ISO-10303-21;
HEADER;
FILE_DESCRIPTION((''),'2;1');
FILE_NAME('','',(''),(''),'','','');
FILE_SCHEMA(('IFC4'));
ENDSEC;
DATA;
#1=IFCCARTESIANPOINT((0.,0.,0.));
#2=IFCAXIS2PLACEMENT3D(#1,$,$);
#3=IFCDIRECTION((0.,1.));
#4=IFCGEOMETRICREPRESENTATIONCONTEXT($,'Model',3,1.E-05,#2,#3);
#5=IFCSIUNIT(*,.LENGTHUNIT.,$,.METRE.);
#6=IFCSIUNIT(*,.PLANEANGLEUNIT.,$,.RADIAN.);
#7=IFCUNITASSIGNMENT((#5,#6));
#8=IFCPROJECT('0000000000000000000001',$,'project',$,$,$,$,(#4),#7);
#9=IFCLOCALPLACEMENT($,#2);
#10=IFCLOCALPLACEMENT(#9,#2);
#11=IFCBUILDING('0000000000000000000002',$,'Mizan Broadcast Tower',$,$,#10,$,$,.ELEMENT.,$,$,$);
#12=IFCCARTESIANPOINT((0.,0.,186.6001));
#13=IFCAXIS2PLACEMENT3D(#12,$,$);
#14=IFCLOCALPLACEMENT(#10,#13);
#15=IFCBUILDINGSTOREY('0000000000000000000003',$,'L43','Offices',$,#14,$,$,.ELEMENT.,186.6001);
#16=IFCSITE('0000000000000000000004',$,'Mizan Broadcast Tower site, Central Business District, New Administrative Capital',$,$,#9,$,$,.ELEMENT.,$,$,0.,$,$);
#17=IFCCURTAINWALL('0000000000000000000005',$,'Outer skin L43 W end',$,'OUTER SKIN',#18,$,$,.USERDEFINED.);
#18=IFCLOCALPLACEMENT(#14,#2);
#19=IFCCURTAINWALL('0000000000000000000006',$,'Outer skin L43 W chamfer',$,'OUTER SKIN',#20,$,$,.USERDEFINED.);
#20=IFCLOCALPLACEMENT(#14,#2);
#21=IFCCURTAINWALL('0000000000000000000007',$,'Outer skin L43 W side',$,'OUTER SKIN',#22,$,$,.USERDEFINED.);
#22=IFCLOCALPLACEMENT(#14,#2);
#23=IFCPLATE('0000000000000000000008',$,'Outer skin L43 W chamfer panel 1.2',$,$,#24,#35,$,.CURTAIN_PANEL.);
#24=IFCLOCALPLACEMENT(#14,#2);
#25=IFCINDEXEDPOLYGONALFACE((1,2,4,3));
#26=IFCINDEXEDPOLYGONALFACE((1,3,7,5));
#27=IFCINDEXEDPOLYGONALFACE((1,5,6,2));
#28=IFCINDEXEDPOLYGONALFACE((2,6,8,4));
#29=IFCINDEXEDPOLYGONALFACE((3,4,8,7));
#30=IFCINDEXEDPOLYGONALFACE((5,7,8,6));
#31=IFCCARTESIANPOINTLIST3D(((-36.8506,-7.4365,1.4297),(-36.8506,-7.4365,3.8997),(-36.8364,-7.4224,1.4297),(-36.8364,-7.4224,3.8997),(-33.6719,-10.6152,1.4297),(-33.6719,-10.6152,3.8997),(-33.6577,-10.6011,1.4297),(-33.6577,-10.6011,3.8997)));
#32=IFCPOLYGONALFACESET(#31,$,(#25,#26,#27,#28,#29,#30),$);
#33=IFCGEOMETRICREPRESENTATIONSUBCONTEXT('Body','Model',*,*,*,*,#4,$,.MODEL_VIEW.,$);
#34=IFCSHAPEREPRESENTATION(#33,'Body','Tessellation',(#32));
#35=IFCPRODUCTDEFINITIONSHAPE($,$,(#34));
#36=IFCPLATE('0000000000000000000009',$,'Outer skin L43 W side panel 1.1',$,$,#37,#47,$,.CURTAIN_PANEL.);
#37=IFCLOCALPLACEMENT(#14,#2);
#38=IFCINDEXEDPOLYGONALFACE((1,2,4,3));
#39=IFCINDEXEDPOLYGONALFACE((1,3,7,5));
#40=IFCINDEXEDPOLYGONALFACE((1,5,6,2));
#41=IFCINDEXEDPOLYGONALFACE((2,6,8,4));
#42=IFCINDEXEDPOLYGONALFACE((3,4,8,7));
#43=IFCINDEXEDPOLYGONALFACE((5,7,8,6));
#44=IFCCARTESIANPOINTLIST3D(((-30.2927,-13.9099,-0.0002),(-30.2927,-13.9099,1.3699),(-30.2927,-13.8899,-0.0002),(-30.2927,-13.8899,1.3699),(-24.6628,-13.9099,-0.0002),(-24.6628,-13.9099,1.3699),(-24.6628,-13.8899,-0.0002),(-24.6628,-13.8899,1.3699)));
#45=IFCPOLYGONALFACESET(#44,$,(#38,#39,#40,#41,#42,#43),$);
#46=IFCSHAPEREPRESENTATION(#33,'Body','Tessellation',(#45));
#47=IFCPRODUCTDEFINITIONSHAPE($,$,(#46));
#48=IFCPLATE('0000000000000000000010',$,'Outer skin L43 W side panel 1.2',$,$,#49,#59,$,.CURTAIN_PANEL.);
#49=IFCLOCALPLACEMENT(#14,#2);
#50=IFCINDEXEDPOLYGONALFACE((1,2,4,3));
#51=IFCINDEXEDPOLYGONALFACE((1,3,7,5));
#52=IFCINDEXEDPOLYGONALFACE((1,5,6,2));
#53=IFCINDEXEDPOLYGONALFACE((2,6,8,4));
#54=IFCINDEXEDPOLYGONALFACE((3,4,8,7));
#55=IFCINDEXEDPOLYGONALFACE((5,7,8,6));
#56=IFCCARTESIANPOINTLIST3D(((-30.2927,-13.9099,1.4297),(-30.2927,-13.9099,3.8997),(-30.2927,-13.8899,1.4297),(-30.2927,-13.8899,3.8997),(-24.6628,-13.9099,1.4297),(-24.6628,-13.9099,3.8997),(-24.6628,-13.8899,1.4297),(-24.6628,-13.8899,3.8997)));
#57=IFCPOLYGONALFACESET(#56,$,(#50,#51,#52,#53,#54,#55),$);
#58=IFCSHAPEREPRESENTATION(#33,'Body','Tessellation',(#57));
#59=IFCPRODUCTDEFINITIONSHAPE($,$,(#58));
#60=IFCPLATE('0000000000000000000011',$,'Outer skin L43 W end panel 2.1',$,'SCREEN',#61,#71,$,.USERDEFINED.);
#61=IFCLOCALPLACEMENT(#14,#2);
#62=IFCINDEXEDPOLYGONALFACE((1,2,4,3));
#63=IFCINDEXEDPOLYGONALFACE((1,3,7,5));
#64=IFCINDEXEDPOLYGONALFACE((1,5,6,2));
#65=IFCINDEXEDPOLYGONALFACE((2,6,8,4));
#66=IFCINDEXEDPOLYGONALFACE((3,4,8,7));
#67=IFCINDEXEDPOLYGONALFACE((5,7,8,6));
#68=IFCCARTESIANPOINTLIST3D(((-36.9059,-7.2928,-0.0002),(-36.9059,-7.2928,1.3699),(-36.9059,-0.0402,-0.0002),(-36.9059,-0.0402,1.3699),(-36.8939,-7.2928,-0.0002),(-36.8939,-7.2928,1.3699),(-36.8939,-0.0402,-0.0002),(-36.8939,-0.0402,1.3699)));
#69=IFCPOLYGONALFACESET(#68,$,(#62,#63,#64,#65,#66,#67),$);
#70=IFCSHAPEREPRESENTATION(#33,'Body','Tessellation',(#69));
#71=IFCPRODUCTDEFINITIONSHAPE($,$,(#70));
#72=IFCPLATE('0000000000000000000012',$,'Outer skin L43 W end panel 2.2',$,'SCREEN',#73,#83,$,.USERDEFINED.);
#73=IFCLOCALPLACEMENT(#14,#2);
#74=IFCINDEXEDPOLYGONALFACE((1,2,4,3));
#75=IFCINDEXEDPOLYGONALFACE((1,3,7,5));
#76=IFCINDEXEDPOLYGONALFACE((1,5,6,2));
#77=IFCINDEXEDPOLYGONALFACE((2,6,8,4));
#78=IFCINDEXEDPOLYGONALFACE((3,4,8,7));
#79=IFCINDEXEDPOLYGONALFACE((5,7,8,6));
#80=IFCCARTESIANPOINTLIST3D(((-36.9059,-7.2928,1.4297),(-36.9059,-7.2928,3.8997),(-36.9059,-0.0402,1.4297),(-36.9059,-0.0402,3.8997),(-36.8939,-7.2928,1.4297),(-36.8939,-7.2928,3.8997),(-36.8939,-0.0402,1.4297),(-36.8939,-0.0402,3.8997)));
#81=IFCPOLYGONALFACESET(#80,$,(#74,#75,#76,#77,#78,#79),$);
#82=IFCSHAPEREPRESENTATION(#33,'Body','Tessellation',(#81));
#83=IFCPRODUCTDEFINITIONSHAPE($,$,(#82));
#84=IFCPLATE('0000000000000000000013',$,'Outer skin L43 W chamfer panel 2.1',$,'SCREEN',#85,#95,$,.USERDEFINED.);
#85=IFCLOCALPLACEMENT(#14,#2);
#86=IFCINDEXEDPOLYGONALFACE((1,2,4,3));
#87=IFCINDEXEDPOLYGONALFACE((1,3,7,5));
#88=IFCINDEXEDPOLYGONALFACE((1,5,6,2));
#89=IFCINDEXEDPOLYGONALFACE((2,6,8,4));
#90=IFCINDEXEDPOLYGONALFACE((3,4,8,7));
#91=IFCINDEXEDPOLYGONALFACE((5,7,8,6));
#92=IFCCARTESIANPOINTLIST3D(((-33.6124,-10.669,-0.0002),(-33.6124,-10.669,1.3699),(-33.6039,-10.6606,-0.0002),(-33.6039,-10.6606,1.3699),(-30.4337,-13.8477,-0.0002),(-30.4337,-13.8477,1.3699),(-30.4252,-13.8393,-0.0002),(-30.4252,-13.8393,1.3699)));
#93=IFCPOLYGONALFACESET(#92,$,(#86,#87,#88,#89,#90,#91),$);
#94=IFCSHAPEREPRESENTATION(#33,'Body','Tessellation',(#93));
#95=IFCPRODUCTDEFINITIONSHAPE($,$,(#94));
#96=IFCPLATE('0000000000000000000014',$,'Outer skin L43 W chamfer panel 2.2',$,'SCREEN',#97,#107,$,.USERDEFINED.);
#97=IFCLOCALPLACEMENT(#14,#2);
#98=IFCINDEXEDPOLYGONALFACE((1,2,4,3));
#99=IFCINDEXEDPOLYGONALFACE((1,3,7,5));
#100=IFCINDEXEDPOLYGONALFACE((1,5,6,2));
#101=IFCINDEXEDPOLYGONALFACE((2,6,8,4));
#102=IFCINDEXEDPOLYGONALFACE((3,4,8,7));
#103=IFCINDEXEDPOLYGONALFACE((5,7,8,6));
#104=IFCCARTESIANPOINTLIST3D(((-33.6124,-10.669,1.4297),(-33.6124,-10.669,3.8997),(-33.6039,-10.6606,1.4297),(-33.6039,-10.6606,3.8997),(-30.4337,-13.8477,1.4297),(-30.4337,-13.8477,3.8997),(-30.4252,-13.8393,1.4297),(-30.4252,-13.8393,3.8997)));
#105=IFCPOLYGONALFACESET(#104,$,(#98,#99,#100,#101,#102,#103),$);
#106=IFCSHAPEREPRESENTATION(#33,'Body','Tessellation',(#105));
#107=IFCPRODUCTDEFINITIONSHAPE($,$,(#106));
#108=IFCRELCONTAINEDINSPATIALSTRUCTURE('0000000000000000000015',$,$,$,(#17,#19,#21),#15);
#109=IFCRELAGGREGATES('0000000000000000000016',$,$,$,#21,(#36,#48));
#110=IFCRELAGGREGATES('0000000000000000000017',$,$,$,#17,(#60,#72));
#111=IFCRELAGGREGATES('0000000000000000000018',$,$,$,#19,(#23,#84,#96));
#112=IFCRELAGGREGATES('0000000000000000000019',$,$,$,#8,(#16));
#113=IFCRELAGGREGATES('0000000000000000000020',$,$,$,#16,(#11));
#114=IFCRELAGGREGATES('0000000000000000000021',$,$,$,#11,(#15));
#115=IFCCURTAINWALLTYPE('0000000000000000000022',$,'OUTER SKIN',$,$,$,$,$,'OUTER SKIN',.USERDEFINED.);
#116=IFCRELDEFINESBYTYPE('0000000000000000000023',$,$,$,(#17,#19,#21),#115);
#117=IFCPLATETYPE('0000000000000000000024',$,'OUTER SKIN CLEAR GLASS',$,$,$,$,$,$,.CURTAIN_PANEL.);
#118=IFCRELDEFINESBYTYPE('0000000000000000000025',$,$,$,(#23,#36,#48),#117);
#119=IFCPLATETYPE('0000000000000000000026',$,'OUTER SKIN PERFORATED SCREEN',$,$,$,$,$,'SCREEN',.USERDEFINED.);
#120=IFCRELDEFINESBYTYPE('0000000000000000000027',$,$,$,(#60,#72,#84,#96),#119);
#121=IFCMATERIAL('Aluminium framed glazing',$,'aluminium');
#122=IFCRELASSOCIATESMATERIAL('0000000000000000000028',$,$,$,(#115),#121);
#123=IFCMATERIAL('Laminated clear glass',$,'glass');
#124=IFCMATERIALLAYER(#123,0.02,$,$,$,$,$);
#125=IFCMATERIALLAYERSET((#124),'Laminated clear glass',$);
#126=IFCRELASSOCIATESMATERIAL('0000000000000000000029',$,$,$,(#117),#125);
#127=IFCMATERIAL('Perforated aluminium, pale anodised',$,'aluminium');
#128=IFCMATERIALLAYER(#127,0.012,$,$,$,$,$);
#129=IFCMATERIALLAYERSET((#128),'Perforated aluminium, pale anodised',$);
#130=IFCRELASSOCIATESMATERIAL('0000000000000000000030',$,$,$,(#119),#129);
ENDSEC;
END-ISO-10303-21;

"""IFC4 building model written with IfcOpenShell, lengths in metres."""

from ifc_helpers import new_model, si_unit, direction, frame, origin, origin_2d, place, context, subcontext, project, spatial, rectangle, extrude, material, layer, layer_set, type_object, element, aggregate, save


model = new_model("IFC4")

# Units and contexts
model_context = context("Model", 3, precision=1e-05, world=origin(), true_north=direction((0.0, 1.0)))
body_context = subcontext(model_context, "Body", "Model", "MODEL_VIEW")
ifc_project = project(units=[si_unit("LENGTHUNIT", "METRE"), si_unit("PLANEANGLEUNIT", "RADIAN")], contexts=[model_context])

# Site, building, storey
site_placement = place(None, origin())
site = spatial("IfcSite", under=ifc_project, at=site_placement, Name="Mizan Broadcast Tower site, Central Business District, New Administrative Capital", CompositionType="ELEMENT", RefElevation=0.0)
building_placement = place(site_placement, origin())
building = spatial("IfcBuilding", under=site, at=building_placement, Name="Mizan Broadcast Tower", CompositionType="ELEMENT")
storey_placement = place(building_placement, frame((0.0, 0.0, 186.6001)))
storey = spatial("IfcBuildingStorey", under=building, at=storey_placement, Name="L43", Description="Offices", CompositionType="ELEMENT", Elevation=186.6001)

# Curtain walls
ifc_material_1 = material(Name="Aluminium framed glazing", Category="aluminium")
curtain_wall_type_1 = type_object("IfcCurtainWallType", Name="OUTER SKIN", ElementType="OUTER SKIN", PredefinedType="USERDEFINED", material=ifc_material_1)
curtain_wall_1_placement = place(storey_placement, origin())
curtain_wall_1 = element("IfcCurtainWall", 1, at=curtain_wall_1_placement, inside=storey, type_object=curtain_wall_type_1, Name="Outer skin L43 W end", ObjectType="OUTER SKIN", PredefinedType="USERDEFINED")
curtain_wall_2_placement = place(storey_placement, origin())
curtain_wall_2 = element("IfcCurtainWall", 2, at=curtain_wall_2_placement, inside=storey, type_object=curtain_wall_type_1, Name="Outer skin L43 W chamfer", ObjectType="OUTER SKIN", PredefinedType="USERDEFINED")

# Curtain wall
curtain_wall_3_placement = place(storey_placement, origin())
curtain_wall_3 = element("IfcCurtainWall", 3, at=curtain_wall_3_placement, inside=storey, type_object=curtain_wall_type_1, Name="Outer skin L43 W side", ObjectType="OUTER SKIN", PredefinedType="USERDEFINED")

# Plates
ifc_material_2 = material(Name="Laminated clear glass", Category="glass")
ifc_layer_1 = layer(ifc_material_2, 0.02)
ifc_layer_set_1 = layer_set([ifc_layer_1], Name="Laminated clear glass")
plate_type_1 = type_object("IfcPlateType", Name="OUTER SKIN CLEAR GLASS", PredefinedType="CURTAIN_PANEL", material=ifc_layer_set_1)
plate_1_placement = place(storey_placement, frame((-35.2542, -9.0188, 1.4297), z_axis=(0.0, 0.0, 1.0), x_axis=(0.707107, -0.707107, 0.0)))
plate_1 = element("IfcPlate", 4, at=plate_1_placement, type_object=plate_type_1, Name="Outer skin L43 W chamfer panel 1.2", PredefinedType="CURTAIN_PANEL", context=body_context, shape_type="SweptSolid", body=[
    extrude(rectangle(XDim=4.4954, YDim=0.02, at=origin_2d()), origin(), (0.0, 0.0, 1.0), 2.47),
])
plate_2_placement = place(storey_placement, frame((-27.4778, -13.8999, -0.0002), z_axis=(0.0, 0.0, 1.0), x_axis=(1.0, 0.0, 0.0)))
plate_2 = element("IfcPlate", 5, at=plate_2_placement, type_object=plate_type_1, Name="Outer skin L43 W side panel 1.1", PredefinedType="CURTAIN_PANEL", context=body_context, shape_type="SweptSolid", body=[
    extrude(rectangle(XDim=5.6299, YDim=0.02, at=origin_2d()), origin(), (0.0, 0.0, 1.0), 1.3701),
])
plate_3_placement = place(storey_placement, frame((-27.4778, -13.8999, 1.4297), z_axis=(0.0, 0.0, 1.0), x_axis=(1.0, 0.0, 0.0)))
plate_3 = element("IfcPlate", 6, at=plate_3_placement, type_object=plate_type_1, Name="Outer skin L43 W side panel 1.2", PredefinedType="CURTAIN_PANEL", context=body_context, shape_type="SweptSolid", body=[
    extrude(rectangle(XDim=5.6299, YDim=0.02, at=origin_2d()), origin(), (0.0, 0.0, 1.0), 2.47),
])
aggregate(curtain_wall_3, [plate_2, plate_3])
ifc_material_3 = material(Name="Perforated aluminium, pale anodised", Category="aluminium")
ifc_layer_2 = layer(ifc_material_3, 0.012)
ifc_layer_set_2 = layer_set([ifc_layer_2], Name="Perforated aluminium, pale anodised")
plate_type_2 = type_object("IfcPlateType", Name="OUTER SKIN PERFORATED SCREEN", ElementType="SCREEN", PredefinedType="USERDEFINED", material=ifc_layer_set_2)
plate_4_placement = place(storey_placement, frame((-36.8999, -3.6665, -0.0002), z_axis=(0.0, 0.0, 1.0), x_axis=(0.0, -1.0, 0.0)))
plate_4 = element("IfcPlate", 7, at=plate_4_placement, type_object=plate_type_2, Name="Outer skin L43 W end panel 2.1", ObjectType="SCREEN", PredefinedType="USERDEFINED", context=body_context, shape_type="SweptSolid", body=[
    extrude(rectangle(XDim=7.2527, YDim=0.012, at=origin_2d()), origin(), (0.0, 0.0, 1.0), 1.3701),
])
plate_5_placement = place(storey_placement, frame((-36.8999, -3.6665, 1.4297), z_axis=(0.0, 0.0, 1.0), x_axis=(0.0, -1.0, 0.0)))
plate_5 = element("IfcPlate", 8, at=plate_5_placement, type_object=plate_type_2, Name="Outer skin L43 W end panel 2.2", ObjectType="SCREEN", PredefinedType="USERDEFINED", context=body_context, shape_type="SweptSolid", body=[
    extrude(rectangle(XDim=7.2527, YDim=0.012, at=origin_2d()), origin(), (0.0, 0.0, 1.0), 2.47),
])
aggregate(curtain_wall_1, [plate_4, plate_5])
plate_6_placement = place(storey_placement, frame((-32.0188, -12.2542, -0.0002), z_axis=(0.0, 0.0, 1.0), x_axis=(0.707107, -0.707107, 0.0)))
plate_6 = element("IfcPlate", 9, at=plate_6_placement, type_object=plate_type_2, Name="Outer skin L43 W chamfer panel 2.1", ObjectType="SCREEN", PredefinedType="USERDEFINED", context=body_context, shape_type="SweptSolid", body=[
    extrude(rectangle(XDim=4.4954, YDim=0.012, at=origin_2d()), origin(), (0.0, 0.0, 1.0), 1.3701),
])
plate_7_placement = place(storey_placement, frame((-32.0188, -12.2542, 1.4297), z_axis=(0.0, 0.0, 1.0), x_axis=(0.707107, -0.707107, 0.0)))
plate_7 = element("IfcPlate", 10, at=plate_7_placement, type_object=plate_type_2, Name="Outer skin L43 W chamfer panel 2.2", ObjectType="SCREEN", PredefinedType="USERDEFINED", context=body_context, shape_type="SweptSolid", body=[
    extrude(rectangle(XDim=4.4954, YDim=0.012, at=origin_2d()), origin(), (0.0, 0.0, 1.0), 2.47),
])
aggregate(curtain_wall_2, [plate_1, plate_6, plate_7])

save(model, "model.ifc")
